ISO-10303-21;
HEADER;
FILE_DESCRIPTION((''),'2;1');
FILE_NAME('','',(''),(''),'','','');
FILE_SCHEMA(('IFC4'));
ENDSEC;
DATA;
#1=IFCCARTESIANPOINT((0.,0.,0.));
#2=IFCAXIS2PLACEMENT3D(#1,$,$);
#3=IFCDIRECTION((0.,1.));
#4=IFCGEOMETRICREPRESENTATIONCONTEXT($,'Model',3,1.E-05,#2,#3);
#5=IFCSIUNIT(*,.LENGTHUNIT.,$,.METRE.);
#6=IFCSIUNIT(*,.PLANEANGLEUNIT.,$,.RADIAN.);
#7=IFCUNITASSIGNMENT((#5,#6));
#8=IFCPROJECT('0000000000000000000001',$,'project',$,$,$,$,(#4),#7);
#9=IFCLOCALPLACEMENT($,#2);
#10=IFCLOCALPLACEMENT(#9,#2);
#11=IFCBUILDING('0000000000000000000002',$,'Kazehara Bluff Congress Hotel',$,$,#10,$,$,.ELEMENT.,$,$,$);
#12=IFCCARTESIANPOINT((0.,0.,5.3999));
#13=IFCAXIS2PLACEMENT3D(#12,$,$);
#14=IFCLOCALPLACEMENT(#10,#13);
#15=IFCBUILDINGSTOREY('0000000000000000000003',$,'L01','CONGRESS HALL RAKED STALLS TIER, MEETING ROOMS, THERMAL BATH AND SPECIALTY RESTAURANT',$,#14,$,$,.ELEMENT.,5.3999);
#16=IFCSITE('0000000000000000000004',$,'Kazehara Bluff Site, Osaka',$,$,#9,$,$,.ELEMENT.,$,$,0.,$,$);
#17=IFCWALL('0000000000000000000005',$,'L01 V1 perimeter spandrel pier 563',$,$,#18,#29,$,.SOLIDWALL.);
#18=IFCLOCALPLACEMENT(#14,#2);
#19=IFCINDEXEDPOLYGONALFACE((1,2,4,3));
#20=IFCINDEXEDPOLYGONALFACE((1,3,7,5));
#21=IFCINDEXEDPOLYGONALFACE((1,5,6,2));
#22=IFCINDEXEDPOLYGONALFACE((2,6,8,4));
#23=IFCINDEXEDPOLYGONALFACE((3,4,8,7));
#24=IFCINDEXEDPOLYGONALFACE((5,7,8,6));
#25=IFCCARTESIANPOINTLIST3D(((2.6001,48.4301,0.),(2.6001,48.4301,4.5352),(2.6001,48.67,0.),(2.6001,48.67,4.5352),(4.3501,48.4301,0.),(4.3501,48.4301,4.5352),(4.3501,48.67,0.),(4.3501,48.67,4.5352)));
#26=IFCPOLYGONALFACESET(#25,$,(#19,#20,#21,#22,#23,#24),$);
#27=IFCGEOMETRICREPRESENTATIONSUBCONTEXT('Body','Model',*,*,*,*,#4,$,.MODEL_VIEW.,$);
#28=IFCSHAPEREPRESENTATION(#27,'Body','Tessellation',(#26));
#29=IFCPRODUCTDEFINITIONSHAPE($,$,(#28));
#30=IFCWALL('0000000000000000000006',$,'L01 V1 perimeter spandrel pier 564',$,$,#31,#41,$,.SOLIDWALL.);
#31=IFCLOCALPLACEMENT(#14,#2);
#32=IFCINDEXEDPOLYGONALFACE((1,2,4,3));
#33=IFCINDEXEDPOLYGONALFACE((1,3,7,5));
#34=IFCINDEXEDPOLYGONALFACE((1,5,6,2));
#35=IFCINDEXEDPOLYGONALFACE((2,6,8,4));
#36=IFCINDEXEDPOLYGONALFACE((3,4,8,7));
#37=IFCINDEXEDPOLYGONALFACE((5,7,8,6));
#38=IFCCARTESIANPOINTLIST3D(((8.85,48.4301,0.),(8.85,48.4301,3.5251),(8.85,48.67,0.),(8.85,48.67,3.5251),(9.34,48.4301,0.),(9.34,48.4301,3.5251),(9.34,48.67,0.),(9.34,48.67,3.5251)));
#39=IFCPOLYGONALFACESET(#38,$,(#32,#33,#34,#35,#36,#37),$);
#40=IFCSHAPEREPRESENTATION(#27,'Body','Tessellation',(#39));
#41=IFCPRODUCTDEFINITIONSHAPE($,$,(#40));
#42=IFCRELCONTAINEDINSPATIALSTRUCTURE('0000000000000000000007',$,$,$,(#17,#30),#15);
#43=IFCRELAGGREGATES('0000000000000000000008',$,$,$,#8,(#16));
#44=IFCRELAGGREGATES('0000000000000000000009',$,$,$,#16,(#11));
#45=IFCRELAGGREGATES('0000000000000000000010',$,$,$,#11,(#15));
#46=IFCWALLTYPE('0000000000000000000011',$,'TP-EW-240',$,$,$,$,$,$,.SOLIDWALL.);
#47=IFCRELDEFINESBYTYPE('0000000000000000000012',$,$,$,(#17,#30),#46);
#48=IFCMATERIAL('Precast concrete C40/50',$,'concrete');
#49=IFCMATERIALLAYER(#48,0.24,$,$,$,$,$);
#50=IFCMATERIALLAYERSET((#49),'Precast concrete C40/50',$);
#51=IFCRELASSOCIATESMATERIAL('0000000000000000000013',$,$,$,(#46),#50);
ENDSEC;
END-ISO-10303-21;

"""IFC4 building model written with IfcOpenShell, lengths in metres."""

from ifc_helpers import new_model, si_unit, direction, frame, frame_2d, origin, place, context, subcontext, project, spatial, rectangle, extrude, material, layer, layer_set, type_object, element, save


model = new_model("IFC4")

# Units and contexts
model_context = context("Model", 3, precision=1e-05, world=origin(), true_north=direction((0.0, 1.0)))
body_context = subcontext(model_context, "Body", "Model", "MODEL_VIEW")
ifc_project = project(units=[si_unit("LENGTHUNIT", "METRE"), si_unit("PLANEANGLEUNIT", "RADIAN")], contexts=[model_context])

# Site, building, storey
site_placement = place(None, origin())
site = spatial("IfcSite", under=ifc_project, at=site_placement, Name="Kazehara Bluff Site, Osaka", CompositionType="ELEMENT", RefElevation=0.0)
building_placement = place(site_placement, origin())
building = spatial("IfcBuilding", under=site, at=building_placement, Name="Kazehara Bluff Congress Hotel", CompositionType="ELEMENT")
storey_placement = place(building_placement, frame((0.0, 0.0, 5.3999)))
storey = spatial("IfcBuildingStorey", under=building, at=storey_placement, Name="L01", Description="CONGRESS HALL RAKED STALLS TIER, MEETING ROOMS, THERMAL BATH AND SPECIALTY RESTAURANT", CompositionType="ELEMENT", Elevation=5.3999)

# Walls
ifc_material_1 = material(Name="Precast concrete C40/50", Category="concrete")
ifc_layer_1 = layer(ifc_material_1, 0.24)
ifc_layer_set_1 = layer_set([ifc_layer_1], Name="Precast concrete C40/50")
wall_type_1 = type_object("IfcWallType", Name="TP-EW-240", PredefinedType="SOLIDWALL", material=ifc_layer_set_1)
wall_1_placement = place(storey_placement, frame((4.3501, 48.55, 0.0), z_axis=(0.0, 0.0, 1.0), x_axis=(-1.0, 0.0, 0.0)))
element("IfcWall", 1, at=wall_1_placement, inside=storey, type_object=wall_type_1, Name="L01 V1 perimeter spandrel pier 563", PredefinedType="SOLIDWALL", context=body_context, shape_type="SweptSolid", body=[
    extrude(rectangle(XDim=1.75, YDim=0.24, at=frame_2d((0.875, 0.0))), origin(), (0.0, 0.0, 1.0), 4.5352),
])
wall_2_placement = place(storey_placement, frame((9.3401, 48.55, 0.0), z_axis=(0.0, 0.0, 1.0), x_axis=(-1.0, 0.0, 0.0)))
element("IfcWall", 2, at=wall_2_placement, inside=storey, type_object=wall_type_1, Name="L01 V1 perimeter spandrel pier 564", PredefinedType="SOLIDWALL", context=body_context, shape_type="SweptSolid", body=[
    extrude(rectangle(XDim=0.49, YDim=0.24, at=frame_2d((0.2451, 0.0))), origin(), (0.0, 0.0, 1.0), 3.5251),
])

save(model, "model.ifc")
